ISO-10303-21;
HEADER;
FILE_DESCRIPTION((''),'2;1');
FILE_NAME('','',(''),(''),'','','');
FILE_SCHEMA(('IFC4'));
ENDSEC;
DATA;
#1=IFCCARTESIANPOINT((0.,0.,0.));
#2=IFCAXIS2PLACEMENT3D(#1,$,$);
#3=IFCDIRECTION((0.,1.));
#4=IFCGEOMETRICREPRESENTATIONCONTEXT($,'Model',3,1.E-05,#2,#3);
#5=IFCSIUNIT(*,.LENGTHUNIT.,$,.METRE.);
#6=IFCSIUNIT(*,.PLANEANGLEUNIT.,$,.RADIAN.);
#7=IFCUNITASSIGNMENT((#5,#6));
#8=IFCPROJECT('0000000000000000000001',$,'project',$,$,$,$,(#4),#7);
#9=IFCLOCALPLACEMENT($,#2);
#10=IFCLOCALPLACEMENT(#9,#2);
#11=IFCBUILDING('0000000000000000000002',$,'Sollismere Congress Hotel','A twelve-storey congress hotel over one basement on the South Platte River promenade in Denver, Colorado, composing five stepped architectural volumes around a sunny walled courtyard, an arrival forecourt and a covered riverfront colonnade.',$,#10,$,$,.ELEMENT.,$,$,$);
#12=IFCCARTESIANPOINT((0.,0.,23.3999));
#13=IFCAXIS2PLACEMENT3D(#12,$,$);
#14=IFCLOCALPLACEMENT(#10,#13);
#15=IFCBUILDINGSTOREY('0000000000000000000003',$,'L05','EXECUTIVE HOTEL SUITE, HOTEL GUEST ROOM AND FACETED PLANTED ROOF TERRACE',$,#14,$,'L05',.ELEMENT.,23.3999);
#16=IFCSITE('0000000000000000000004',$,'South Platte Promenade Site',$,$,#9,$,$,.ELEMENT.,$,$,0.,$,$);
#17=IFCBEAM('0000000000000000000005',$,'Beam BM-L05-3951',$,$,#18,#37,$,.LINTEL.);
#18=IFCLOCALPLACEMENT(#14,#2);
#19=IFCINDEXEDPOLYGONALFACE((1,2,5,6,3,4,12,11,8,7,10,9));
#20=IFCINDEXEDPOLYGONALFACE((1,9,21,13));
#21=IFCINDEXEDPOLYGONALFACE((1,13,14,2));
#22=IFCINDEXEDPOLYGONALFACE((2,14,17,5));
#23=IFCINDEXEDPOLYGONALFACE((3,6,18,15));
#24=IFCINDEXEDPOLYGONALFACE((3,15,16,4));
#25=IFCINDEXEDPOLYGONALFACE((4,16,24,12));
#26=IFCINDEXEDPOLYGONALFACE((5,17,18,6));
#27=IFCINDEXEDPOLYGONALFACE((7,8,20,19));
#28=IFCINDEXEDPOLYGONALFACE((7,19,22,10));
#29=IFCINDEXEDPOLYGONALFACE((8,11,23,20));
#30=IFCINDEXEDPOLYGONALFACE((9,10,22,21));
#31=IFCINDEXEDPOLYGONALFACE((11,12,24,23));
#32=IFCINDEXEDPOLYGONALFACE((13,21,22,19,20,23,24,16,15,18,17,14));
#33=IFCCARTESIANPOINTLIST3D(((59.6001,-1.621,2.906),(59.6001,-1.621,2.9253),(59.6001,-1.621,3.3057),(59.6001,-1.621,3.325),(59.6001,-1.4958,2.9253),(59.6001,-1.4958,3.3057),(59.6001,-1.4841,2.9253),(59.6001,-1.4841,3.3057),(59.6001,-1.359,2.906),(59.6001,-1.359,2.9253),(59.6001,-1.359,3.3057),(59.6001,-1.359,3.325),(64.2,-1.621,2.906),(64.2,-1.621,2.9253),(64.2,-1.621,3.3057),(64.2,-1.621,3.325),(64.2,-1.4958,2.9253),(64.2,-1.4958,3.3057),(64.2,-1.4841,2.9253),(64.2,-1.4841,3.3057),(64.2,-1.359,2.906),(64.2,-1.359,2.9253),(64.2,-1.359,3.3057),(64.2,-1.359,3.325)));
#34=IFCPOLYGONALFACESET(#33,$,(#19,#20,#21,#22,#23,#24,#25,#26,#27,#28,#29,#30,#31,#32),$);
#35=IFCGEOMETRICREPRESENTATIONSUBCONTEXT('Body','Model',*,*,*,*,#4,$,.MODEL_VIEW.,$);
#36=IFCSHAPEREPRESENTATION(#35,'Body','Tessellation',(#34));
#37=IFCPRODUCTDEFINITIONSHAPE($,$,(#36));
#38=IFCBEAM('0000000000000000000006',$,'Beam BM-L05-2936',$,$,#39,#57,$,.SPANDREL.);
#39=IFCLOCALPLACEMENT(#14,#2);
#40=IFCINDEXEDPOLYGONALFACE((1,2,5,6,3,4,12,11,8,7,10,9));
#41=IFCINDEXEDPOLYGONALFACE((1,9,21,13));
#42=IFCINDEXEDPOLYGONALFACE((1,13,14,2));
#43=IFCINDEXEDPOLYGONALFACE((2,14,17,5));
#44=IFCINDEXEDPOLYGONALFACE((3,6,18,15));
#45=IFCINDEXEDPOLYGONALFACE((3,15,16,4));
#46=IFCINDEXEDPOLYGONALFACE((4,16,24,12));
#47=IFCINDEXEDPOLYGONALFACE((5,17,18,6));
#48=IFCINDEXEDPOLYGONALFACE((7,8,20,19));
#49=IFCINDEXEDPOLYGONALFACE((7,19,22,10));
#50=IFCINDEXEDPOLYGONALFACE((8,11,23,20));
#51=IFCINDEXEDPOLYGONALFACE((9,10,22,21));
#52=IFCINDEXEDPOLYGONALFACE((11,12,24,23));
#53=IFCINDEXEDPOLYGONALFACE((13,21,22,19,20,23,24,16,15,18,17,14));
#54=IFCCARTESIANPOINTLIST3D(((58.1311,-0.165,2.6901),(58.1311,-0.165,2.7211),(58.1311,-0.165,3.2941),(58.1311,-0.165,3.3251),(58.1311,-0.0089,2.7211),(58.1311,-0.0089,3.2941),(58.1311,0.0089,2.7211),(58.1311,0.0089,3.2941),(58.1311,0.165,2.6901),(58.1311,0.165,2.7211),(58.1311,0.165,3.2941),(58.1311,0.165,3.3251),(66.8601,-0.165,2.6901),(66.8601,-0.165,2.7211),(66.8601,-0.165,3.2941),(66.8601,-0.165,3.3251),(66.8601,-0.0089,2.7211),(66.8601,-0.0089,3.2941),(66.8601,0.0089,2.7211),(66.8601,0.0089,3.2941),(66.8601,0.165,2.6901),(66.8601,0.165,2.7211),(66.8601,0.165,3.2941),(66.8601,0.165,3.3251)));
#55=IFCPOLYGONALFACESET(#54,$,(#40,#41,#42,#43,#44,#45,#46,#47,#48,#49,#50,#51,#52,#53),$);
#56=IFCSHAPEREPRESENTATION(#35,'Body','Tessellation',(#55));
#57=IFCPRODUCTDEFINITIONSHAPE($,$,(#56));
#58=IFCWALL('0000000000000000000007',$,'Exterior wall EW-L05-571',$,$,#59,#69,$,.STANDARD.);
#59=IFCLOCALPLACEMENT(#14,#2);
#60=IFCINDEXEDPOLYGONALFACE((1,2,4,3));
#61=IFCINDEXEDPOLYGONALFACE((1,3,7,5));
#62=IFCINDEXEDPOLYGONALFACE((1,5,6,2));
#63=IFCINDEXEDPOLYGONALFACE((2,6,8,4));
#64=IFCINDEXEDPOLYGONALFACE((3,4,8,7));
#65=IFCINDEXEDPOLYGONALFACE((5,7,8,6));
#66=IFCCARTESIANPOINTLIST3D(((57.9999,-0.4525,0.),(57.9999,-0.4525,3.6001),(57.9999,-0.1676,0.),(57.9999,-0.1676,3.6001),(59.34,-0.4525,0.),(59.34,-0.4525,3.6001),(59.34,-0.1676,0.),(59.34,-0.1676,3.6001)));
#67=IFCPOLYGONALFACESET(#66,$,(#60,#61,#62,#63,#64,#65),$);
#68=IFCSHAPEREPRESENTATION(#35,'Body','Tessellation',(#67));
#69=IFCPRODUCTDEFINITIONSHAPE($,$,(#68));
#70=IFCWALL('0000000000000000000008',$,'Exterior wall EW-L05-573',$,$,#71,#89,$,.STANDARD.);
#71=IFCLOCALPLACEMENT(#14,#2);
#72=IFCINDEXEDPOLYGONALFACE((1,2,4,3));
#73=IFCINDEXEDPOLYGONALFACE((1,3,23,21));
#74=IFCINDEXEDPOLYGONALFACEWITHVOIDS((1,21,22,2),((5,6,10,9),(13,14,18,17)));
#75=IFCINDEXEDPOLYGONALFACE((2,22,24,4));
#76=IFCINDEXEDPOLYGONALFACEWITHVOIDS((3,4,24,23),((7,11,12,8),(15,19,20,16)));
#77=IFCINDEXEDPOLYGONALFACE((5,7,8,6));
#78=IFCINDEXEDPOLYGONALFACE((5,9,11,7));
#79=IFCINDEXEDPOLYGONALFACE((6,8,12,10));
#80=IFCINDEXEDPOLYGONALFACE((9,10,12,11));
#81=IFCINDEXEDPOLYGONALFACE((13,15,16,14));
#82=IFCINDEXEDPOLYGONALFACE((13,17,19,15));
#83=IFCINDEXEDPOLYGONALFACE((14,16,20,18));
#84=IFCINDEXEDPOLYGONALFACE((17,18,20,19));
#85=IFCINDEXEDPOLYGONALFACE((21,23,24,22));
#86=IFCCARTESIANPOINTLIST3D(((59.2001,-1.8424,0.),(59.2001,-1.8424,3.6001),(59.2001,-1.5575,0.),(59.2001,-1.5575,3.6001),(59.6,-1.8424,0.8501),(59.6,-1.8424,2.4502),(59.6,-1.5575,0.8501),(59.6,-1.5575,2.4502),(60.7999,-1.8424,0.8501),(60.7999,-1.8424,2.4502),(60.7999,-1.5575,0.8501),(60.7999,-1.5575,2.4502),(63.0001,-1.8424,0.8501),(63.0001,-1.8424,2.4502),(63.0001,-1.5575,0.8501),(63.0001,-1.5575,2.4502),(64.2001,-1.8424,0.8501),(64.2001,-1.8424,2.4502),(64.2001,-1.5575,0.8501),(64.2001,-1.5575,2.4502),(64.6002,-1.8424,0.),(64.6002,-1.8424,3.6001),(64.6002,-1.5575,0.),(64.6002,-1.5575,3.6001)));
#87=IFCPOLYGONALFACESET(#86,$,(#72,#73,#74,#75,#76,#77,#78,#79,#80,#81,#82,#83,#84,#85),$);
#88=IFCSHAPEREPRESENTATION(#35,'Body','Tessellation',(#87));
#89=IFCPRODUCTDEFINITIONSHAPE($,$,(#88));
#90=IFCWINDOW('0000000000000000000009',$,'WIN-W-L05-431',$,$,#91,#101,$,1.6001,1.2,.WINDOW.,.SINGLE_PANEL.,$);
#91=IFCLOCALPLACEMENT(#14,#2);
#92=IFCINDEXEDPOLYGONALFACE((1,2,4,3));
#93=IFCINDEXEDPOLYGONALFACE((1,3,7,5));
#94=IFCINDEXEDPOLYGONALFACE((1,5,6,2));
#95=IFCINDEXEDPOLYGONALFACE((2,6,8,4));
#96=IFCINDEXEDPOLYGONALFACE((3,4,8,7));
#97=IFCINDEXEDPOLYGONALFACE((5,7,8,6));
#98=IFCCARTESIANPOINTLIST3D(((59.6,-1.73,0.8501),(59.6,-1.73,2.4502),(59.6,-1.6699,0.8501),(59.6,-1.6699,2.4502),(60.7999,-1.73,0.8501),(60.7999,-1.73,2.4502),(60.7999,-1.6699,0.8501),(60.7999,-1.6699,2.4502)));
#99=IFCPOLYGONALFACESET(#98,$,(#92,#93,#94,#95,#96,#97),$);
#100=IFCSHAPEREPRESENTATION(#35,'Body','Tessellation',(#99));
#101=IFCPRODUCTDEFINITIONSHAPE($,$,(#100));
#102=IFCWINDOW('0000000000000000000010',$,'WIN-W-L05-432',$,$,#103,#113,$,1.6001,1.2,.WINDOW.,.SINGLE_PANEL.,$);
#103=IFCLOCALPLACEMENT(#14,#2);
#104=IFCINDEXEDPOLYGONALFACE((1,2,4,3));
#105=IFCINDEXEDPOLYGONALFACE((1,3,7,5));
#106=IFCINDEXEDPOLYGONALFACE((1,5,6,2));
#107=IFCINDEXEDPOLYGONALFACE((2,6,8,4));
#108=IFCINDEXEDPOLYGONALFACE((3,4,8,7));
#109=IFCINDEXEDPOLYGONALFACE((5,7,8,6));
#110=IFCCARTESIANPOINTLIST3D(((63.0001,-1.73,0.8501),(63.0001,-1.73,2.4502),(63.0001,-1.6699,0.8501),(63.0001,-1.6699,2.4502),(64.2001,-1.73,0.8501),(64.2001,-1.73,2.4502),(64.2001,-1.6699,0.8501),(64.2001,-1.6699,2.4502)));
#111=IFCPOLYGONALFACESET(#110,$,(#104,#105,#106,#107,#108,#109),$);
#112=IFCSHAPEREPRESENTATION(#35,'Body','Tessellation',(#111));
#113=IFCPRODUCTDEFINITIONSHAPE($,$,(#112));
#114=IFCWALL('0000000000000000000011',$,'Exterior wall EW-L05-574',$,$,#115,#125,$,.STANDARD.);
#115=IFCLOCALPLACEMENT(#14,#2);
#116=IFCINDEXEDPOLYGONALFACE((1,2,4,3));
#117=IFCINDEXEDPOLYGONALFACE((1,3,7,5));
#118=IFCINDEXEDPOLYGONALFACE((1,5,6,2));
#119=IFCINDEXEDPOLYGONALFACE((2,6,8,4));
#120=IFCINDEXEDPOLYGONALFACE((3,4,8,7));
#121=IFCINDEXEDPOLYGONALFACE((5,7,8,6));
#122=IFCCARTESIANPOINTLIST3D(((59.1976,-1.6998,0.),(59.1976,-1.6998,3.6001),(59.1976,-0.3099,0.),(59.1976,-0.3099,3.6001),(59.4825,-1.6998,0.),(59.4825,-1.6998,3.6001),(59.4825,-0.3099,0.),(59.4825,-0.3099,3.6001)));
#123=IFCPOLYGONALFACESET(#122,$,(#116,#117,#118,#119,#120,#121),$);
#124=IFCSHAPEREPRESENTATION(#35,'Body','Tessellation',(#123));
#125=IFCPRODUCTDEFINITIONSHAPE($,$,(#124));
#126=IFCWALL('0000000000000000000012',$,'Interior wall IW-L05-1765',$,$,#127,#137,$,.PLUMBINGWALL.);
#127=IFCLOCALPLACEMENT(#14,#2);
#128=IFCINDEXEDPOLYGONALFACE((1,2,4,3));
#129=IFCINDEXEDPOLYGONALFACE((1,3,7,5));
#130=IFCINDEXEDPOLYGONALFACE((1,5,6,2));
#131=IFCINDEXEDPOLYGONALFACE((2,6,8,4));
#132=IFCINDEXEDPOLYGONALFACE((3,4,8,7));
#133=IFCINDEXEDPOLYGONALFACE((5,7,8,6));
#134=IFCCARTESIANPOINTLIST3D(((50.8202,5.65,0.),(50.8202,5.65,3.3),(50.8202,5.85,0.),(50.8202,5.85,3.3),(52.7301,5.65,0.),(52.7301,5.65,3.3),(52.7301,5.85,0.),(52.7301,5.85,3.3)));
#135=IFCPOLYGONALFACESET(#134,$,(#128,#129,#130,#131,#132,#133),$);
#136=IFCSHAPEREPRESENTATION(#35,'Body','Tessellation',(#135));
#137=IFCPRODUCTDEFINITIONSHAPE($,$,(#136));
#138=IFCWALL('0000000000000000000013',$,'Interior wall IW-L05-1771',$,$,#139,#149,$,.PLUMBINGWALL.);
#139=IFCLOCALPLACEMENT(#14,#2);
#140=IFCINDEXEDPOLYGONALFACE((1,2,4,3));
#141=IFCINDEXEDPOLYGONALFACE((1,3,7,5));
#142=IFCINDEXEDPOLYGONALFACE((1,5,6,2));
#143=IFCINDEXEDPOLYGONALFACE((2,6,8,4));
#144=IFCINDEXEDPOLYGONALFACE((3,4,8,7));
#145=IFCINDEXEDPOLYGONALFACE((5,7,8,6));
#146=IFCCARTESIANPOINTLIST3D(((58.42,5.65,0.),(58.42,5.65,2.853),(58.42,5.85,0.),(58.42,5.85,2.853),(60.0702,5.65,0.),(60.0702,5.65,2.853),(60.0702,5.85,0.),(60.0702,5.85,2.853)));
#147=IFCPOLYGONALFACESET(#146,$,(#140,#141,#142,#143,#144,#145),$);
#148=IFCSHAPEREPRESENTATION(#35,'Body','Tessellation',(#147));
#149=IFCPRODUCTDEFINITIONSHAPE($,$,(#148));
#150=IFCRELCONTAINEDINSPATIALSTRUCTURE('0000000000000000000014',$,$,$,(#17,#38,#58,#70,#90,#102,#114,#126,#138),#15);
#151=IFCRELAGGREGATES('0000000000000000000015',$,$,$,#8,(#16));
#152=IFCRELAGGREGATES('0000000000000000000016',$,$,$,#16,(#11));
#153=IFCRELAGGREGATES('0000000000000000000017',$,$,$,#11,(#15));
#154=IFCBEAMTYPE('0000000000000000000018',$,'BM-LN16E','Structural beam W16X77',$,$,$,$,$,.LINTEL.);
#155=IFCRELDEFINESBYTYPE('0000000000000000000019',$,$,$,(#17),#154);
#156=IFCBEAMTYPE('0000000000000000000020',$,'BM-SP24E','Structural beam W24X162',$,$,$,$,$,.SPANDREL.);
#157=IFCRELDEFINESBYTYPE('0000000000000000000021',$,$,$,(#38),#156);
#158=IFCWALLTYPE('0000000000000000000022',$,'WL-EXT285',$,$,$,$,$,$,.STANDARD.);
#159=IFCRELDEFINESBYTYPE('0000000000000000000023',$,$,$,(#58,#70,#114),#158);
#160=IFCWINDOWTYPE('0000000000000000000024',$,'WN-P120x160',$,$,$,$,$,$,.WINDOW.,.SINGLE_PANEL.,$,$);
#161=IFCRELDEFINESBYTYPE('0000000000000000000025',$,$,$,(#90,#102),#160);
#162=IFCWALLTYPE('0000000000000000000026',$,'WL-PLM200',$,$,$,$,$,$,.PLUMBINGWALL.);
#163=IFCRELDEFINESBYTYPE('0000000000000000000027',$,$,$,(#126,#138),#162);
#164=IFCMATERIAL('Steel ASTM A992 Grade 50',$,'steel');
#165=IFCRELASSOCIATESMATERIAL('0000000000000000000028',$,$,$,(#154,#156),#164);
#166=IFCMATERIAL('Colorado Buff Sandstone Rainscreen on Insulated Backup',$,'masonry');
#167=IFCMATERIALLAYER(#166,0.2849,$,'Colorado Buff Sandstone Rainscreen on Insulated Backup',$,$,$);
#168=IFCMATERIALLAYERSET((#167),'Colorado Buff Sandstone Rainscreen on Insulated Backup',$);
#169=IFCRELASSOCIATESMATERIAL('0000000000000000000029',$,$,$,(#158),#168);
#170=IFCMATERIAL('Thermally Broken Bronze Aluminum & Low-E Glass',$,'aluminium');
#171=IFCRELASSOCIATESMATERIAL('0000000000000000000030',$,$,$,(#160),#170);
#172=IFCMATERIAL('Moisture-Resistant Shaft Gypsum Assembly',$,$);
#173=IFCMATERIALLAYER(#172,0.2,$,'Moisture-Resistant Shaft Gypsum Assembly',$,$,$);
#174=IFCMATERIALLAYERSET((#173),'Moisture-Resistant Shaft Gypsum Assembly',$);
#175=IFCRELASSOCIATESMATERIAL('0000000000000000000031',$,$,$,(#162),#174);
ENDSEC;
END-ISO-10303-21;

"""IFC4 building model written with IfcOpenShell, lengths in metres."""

from ifc_helpers import new_model, si_unit, direction, frame, frame_2d, origin, origin_2d, place, context, subcontext, project, spatial, rectangle, i_section, extrude, material, layer, layer_set, material_profile, profile_set, type_object, element, fill, save


model = new_model("IFC4")

# Units and contexts
model_context = context("Model", 3, precision=1e-05, world=origin(), true_north=direction((0.0, 1.0)))
body_context = subcontext(model_context, "Body", "Model", "MODEL_VIEW")
ifc_project = project(units=[si_unit("LENGTHUNIT", "METRE"), si_unit("PLANEANGLEUNIT", "RADIAN")], contexts=[model_context])

# Site, building, storey
site_placement = place(None, origin())
site = spatial("IfcSite", under=ifc_project, at=site_placement, Name="South Platte Promenade Site", CompositionType="ELEMENT", RefElevation=0.0)
building_placement = place(site_placement, origin())
building = spatial("IfcBuilding", under=site, at=building_placement, Name="Sollismere Congress Hotel", Description="A twelve-storey congress hotel over one basement on the South Platte River promenade in Denver, Colorado, composing five stepped architectural volumes around a sunny walled courtyard, an arrival forecourt and a covered riverfront colonnade.", CompositionType="ELEMENT")
storey_placement = place(building_placement, frame((0.0, 0.0, 23.3999)))
storey = spatial("IfcBuildingStorey", under=building, at=storey_placement, Name="L05", Description="EXECUTIVE HOTEL SUITE, HOTEL GUEST ROOM AND FACETED PLANTED ROOF TERRACE", LongName="L05", CompositionType="ELEMENT", Elevation=23.3999)

# Shared definitions
ifc_material_1 = material(Name="Steel ASTM A992 Grade 50", Category="steel")

# Beams
ifc_material_profile_1 = material_profile(ifc_material_1, i_section(OverallWidth=0.262, OverallDepth=0.4189, WebThickness=0.0117, FlangeThickness=0.0193, at=origin_2d()), Name="W16X77")
ifc_profile_set_1 = profile_set([ifc_material_profile_1], Name="Steel ASTM A992 Grade 50")
beam_type_1 = type_object("IfcBeamType", Name="BM-LN16E", Description="Structural beam W16X77", PredefinedType="LINTEL", material=ifc_profile_set_1)
beam_1_placement = place(storey_placement, frame((59.6001, -1.49, 3.1155), z_axis=(1.0, 0.0, 0.0), x_axis=(0.0, 1.0, 0.0)))
element("IfcBeam", 1, at=beam_1_placement, inside=storey, type_object=beam_type_1, Name="Beam BM-L05-3951", PredefinedType="LINTEL", context=body_context, shape_type="SweptSolid", body=[
    extrude(i_section(OverallWidth=0.262, OverallDepth=0.4189, WebThickness=0.0117, FlangeThickness=0.0193, at=origin_2d()), origin(), (0.0, 0.0, 1.0), 4.5999),
])
ifc_material_profile_2 = material_profile(ifc_material_1, i_section(OverallWidth=0.3301, OverallDepth=0.635, WebThickness=0.0178, FlangeThickness=0.031, at=origin_2d()), Name="W24X162")
ifc_profile_set_2 = profile_set([ifc_material_profile_2], Name="Steel ASTM A992 Grade 50")
beam_type_2 = type_object("IfcBeamType", Name="BM-SP24E", Description="Structural beam W24X162", PredefinedType="SPANDREL", material=ifc_profile_set_2)
beam_2_placement = place(storey_placement, frame((58.1311, 0.0, 3.0076), z_axis=(1.0, 0.0, 0.0), x_axis=(0.0, 1.0, 0.0)))
element("IfcBeam", 2, at=beam_2_placement, inside=storey, type_object=beam_type_2, Name="Beam BM-L05-2936", PredefinedType="SPANDREL", context=body_context, shape_type="SweptSolid", body=[
    extrude(i_section(OverallWidth=0.3301, OverallDepth=0.635, WebThickness=0.0178, FlangeThickness=0.031, at=origin_2d()), origin(), (0.0, 0.0, 1.0), 8.729),
])

# Wall
ifc_material_2 = material(Name="Colorado Buff Sandstone Rainscreen on Insulated Backup", Category="masonry")
ifc_layer_1 = layer(ifc_material_2, 0.2849, Name="Colorado Buff Sandstone Rainscreen on Insulated Backup")
ifc_layer_set_1 = layer_set([ifc_layer_1], Name="Colorado Buff Sandstone Rainscreen on Insulated Backup")
wall_type_1 = type_object("IfcWallType", Name="WL-EXT285", PredefinedType="STANDARD", material=ifc_layer_set_1)
wall_1_placement = place(storey_placement, frame((58.0, -0.3101, 0.0), z_axis=(0.0, 0.0, 1.0), x_axis=(1.0, 0.0, 0.0)))
element("IfcWall", 3, at=wall_1_placement, inside=storey, type_object=wall_type_1, Name="Exterior wall EW-L05-571", PredefinedType="STANDARD", context=body_context, shape_type="SweptSolid", body=[
    extrude(rectangle(XDim=1.3401, YDim=0.2849, at=frame_2d((0.6699, 0.0))), origin(), (0.0, 0.0, 1.0), 3.6001),
])

# Wall, openings, windows
wall_2_placement = place(storey_placement, frame((59.2, -1.7, 0.0), z_axis=(0.0, 0.0, 1.0), x_axis=(1.0, 0.0, 0.0)))
wall_2 = element("IfcWall", 4, at=wall_2_placement, inside=storey, type_object=wall_type_1, Name="Exterior wall EW-L05-573", PredefinedType="STANDARD", context=body_context, shape_type="SweptSolid", body=[
    extrude(rectangle(XDim=5.4001, YDim=0.2849, at=frame_2d((2.7002, 0.0))), origin(), (0.0, 0.0, 1.0), 3.6001),
])
opening_1_placement = place(wall_2_placement, frame((0.3999, 0.0, 0.8501)))
opening_1 = element("IfcOpeningElement", 5, at=opening_1_placement, cuts=wall_2, PredefinedType="OPENING", context=body_context, shape_type="SweptSolid", body=[
    extrude(rectangle(XDim=1.2, YDim=1.6001, at=frame_2d((0.6001, 0.8))), frame((0.0, 0.1523, 0.0), z_axis=(0.0, -1.0, 0.0), x_axis=(1.0, 0.0, 0.0)), (0.0, 0.0, 1.0), 0.3049),
])
opening_2_placement = place(wall_2_placement, frame((3.8, 0.0, 0.8501)))
opening_2 = element("IfcOpeningElement", 6, at=opening_2_placement, cuts=wall_2, PredefinedType="OPENING", context=body_context, shape_type="SweptSolid", body=[
    extrude(rectangle(XDim=1.2, YDim=1.6001, at=frame_2d((0.6001, 0.8))), frame((0.0, 0.1523, 0.0), z_axis=(0.0, -1.0, 0.0), x_axis=(1.0, 0.0, 0.0)), (0.0, 0.0, 1.0), 0.3049),
])
ifc_material_3 = material(Name="Thermally Broken Bronze Aluminum & Low-E Glass", Category="aluminium")
window_type = type_object("IfcWindowType", Name="WN-P120x160", PartitioningType="SINGLE_PANEL", PredefinedType="WINDOW", material=ifc_material_3)
window_1_placement = place(opening_1_placement, origin())
window_1 = element("IfcWindow", 7, at=window_1_placement, inside=storey, type_object=window_type, Name="WIN-W-L05-431", OverallHeight=1.6001, OverallWidth=1.2, PartitioningType="SINGLE_PANEL", PredefinedType="WINDOW", context=body_context, shape_type="SweptSolid", body=[
    extrude(rectangle(XDim=1.2, YDim=1.6001, at=frame_2d((0.6001, 0.8))), frame((0.0, 0.03, 0.0), z_axis=(0.0, -1.0, 0.0), x_axis=(1.0, 0.0, 0.0)), (0.0, 0.0, 1.0), 0.0601),
])
fill(opening_1, window_1)
window_2_placement = place(opening_2_placement, origin())
window_2 = element("IfcWindow", 8, at=window_2_placement, inside=storey, type_object=window_type, Name="WIN-W-L05-432", OverallHeight=1.6001, OverallWidth=1.2, PartitioningType="SINGLE_PANEL", PredefinedType="WINDOW", context=body_context, shape_type="SweptSolid", body=[
    extrude(rectangle(XDim=1.2, YDim=1.6001, at=frame_2d((0.6001, 0.8))), frame((0.0, 0.03, 0.0), z_axis=(0.0, -1.0, 0.0), x_axis=(1.0, 0.0, 0.0)), (0.0, 0.0, 1.0), 0.0601),
])
fill(opening_2, window_2)

# Walls
wall_3_placement = place(storey_placement, frame((59.3401, -0.3101, 0.0), z_axis=(0.0, 0.0, 1.0), x_axis=(0.0, -1.0, 0.0)))
element("IfcWall", 9, at=wall_3_placement, inside=storey, type_object=wall_type_1, Name="Exterior wall EW-L05-574", PredefinedType="STANDARD", context=body_context, shape_type="SweptSolid", body=[
    extrude(rectangle(XDim=1.3899, YDim=0.2849, at=frame_2d((0.6948, 0.0))), origin(), (0.0, 0.0, 1.0), 3.6001),
])
ifc_material_4 = material(Name="Moisture-Resistant Shaft Gypsum Assembly")
ifc_layer_2 = layer(ifc_material_4, 0.2, Name="Moisture-Resistant Shaft Gypsum Assembly")
ifc_layer_set_2 = layer_set([ifc_layer_2], Name="Moisture-Resistant Shaft Gypsum Assembly")
wall_type_2 = type_object("IfcWallType", Name="WL-PLM200", PredefinedType="PLUMBINGWALL", material=ifc_layer_set_2)
wall_4_placement = place(storey_placement, frame((50.8201, 5.75, 0.0), z_axis=(0.0, 0.0, 1.0), x_axis=(1.0, 0.0, 0.0)))
element("IfcWall", 10, at=wall_4_placement, inside=storey, type_object=wall_type_2, Name="Interior wall IW-L05-1765", PredefinedType="PLUMBINGWALL", context=body_context, shape_type="SweptSolid", body=[
    extrude(rectangle(XDim=1.9099, YDim=0.2, at=frame_2d((0.9551, 0.0))), origin(), (0.0, 0.0, 1.0), 3.3),
])
wall_5_placement = place(storey_placement, frame((58.4199, 5.75, 0.0), z_axis=(0.0, 0.0, 1.0), x_axis=(1.0, 0.0, 0.0)))
element("IfcWall", 11, at=wall_5_placement, inside=storey, type_object=wall_type_2, Name="Interior wall IW-L05-1771", PredefinedType="PLUMBINGWALL", context=body_context, shape_type="SweptSolid", body=[
    extrude(rectangle(XDim=1.6501, YDim=0.2, at=frame_2d((0.8252, 0.0))), origin(), (0.0, 0.0, 1.0), 2.853),
])

save(model, "model.ifc")
